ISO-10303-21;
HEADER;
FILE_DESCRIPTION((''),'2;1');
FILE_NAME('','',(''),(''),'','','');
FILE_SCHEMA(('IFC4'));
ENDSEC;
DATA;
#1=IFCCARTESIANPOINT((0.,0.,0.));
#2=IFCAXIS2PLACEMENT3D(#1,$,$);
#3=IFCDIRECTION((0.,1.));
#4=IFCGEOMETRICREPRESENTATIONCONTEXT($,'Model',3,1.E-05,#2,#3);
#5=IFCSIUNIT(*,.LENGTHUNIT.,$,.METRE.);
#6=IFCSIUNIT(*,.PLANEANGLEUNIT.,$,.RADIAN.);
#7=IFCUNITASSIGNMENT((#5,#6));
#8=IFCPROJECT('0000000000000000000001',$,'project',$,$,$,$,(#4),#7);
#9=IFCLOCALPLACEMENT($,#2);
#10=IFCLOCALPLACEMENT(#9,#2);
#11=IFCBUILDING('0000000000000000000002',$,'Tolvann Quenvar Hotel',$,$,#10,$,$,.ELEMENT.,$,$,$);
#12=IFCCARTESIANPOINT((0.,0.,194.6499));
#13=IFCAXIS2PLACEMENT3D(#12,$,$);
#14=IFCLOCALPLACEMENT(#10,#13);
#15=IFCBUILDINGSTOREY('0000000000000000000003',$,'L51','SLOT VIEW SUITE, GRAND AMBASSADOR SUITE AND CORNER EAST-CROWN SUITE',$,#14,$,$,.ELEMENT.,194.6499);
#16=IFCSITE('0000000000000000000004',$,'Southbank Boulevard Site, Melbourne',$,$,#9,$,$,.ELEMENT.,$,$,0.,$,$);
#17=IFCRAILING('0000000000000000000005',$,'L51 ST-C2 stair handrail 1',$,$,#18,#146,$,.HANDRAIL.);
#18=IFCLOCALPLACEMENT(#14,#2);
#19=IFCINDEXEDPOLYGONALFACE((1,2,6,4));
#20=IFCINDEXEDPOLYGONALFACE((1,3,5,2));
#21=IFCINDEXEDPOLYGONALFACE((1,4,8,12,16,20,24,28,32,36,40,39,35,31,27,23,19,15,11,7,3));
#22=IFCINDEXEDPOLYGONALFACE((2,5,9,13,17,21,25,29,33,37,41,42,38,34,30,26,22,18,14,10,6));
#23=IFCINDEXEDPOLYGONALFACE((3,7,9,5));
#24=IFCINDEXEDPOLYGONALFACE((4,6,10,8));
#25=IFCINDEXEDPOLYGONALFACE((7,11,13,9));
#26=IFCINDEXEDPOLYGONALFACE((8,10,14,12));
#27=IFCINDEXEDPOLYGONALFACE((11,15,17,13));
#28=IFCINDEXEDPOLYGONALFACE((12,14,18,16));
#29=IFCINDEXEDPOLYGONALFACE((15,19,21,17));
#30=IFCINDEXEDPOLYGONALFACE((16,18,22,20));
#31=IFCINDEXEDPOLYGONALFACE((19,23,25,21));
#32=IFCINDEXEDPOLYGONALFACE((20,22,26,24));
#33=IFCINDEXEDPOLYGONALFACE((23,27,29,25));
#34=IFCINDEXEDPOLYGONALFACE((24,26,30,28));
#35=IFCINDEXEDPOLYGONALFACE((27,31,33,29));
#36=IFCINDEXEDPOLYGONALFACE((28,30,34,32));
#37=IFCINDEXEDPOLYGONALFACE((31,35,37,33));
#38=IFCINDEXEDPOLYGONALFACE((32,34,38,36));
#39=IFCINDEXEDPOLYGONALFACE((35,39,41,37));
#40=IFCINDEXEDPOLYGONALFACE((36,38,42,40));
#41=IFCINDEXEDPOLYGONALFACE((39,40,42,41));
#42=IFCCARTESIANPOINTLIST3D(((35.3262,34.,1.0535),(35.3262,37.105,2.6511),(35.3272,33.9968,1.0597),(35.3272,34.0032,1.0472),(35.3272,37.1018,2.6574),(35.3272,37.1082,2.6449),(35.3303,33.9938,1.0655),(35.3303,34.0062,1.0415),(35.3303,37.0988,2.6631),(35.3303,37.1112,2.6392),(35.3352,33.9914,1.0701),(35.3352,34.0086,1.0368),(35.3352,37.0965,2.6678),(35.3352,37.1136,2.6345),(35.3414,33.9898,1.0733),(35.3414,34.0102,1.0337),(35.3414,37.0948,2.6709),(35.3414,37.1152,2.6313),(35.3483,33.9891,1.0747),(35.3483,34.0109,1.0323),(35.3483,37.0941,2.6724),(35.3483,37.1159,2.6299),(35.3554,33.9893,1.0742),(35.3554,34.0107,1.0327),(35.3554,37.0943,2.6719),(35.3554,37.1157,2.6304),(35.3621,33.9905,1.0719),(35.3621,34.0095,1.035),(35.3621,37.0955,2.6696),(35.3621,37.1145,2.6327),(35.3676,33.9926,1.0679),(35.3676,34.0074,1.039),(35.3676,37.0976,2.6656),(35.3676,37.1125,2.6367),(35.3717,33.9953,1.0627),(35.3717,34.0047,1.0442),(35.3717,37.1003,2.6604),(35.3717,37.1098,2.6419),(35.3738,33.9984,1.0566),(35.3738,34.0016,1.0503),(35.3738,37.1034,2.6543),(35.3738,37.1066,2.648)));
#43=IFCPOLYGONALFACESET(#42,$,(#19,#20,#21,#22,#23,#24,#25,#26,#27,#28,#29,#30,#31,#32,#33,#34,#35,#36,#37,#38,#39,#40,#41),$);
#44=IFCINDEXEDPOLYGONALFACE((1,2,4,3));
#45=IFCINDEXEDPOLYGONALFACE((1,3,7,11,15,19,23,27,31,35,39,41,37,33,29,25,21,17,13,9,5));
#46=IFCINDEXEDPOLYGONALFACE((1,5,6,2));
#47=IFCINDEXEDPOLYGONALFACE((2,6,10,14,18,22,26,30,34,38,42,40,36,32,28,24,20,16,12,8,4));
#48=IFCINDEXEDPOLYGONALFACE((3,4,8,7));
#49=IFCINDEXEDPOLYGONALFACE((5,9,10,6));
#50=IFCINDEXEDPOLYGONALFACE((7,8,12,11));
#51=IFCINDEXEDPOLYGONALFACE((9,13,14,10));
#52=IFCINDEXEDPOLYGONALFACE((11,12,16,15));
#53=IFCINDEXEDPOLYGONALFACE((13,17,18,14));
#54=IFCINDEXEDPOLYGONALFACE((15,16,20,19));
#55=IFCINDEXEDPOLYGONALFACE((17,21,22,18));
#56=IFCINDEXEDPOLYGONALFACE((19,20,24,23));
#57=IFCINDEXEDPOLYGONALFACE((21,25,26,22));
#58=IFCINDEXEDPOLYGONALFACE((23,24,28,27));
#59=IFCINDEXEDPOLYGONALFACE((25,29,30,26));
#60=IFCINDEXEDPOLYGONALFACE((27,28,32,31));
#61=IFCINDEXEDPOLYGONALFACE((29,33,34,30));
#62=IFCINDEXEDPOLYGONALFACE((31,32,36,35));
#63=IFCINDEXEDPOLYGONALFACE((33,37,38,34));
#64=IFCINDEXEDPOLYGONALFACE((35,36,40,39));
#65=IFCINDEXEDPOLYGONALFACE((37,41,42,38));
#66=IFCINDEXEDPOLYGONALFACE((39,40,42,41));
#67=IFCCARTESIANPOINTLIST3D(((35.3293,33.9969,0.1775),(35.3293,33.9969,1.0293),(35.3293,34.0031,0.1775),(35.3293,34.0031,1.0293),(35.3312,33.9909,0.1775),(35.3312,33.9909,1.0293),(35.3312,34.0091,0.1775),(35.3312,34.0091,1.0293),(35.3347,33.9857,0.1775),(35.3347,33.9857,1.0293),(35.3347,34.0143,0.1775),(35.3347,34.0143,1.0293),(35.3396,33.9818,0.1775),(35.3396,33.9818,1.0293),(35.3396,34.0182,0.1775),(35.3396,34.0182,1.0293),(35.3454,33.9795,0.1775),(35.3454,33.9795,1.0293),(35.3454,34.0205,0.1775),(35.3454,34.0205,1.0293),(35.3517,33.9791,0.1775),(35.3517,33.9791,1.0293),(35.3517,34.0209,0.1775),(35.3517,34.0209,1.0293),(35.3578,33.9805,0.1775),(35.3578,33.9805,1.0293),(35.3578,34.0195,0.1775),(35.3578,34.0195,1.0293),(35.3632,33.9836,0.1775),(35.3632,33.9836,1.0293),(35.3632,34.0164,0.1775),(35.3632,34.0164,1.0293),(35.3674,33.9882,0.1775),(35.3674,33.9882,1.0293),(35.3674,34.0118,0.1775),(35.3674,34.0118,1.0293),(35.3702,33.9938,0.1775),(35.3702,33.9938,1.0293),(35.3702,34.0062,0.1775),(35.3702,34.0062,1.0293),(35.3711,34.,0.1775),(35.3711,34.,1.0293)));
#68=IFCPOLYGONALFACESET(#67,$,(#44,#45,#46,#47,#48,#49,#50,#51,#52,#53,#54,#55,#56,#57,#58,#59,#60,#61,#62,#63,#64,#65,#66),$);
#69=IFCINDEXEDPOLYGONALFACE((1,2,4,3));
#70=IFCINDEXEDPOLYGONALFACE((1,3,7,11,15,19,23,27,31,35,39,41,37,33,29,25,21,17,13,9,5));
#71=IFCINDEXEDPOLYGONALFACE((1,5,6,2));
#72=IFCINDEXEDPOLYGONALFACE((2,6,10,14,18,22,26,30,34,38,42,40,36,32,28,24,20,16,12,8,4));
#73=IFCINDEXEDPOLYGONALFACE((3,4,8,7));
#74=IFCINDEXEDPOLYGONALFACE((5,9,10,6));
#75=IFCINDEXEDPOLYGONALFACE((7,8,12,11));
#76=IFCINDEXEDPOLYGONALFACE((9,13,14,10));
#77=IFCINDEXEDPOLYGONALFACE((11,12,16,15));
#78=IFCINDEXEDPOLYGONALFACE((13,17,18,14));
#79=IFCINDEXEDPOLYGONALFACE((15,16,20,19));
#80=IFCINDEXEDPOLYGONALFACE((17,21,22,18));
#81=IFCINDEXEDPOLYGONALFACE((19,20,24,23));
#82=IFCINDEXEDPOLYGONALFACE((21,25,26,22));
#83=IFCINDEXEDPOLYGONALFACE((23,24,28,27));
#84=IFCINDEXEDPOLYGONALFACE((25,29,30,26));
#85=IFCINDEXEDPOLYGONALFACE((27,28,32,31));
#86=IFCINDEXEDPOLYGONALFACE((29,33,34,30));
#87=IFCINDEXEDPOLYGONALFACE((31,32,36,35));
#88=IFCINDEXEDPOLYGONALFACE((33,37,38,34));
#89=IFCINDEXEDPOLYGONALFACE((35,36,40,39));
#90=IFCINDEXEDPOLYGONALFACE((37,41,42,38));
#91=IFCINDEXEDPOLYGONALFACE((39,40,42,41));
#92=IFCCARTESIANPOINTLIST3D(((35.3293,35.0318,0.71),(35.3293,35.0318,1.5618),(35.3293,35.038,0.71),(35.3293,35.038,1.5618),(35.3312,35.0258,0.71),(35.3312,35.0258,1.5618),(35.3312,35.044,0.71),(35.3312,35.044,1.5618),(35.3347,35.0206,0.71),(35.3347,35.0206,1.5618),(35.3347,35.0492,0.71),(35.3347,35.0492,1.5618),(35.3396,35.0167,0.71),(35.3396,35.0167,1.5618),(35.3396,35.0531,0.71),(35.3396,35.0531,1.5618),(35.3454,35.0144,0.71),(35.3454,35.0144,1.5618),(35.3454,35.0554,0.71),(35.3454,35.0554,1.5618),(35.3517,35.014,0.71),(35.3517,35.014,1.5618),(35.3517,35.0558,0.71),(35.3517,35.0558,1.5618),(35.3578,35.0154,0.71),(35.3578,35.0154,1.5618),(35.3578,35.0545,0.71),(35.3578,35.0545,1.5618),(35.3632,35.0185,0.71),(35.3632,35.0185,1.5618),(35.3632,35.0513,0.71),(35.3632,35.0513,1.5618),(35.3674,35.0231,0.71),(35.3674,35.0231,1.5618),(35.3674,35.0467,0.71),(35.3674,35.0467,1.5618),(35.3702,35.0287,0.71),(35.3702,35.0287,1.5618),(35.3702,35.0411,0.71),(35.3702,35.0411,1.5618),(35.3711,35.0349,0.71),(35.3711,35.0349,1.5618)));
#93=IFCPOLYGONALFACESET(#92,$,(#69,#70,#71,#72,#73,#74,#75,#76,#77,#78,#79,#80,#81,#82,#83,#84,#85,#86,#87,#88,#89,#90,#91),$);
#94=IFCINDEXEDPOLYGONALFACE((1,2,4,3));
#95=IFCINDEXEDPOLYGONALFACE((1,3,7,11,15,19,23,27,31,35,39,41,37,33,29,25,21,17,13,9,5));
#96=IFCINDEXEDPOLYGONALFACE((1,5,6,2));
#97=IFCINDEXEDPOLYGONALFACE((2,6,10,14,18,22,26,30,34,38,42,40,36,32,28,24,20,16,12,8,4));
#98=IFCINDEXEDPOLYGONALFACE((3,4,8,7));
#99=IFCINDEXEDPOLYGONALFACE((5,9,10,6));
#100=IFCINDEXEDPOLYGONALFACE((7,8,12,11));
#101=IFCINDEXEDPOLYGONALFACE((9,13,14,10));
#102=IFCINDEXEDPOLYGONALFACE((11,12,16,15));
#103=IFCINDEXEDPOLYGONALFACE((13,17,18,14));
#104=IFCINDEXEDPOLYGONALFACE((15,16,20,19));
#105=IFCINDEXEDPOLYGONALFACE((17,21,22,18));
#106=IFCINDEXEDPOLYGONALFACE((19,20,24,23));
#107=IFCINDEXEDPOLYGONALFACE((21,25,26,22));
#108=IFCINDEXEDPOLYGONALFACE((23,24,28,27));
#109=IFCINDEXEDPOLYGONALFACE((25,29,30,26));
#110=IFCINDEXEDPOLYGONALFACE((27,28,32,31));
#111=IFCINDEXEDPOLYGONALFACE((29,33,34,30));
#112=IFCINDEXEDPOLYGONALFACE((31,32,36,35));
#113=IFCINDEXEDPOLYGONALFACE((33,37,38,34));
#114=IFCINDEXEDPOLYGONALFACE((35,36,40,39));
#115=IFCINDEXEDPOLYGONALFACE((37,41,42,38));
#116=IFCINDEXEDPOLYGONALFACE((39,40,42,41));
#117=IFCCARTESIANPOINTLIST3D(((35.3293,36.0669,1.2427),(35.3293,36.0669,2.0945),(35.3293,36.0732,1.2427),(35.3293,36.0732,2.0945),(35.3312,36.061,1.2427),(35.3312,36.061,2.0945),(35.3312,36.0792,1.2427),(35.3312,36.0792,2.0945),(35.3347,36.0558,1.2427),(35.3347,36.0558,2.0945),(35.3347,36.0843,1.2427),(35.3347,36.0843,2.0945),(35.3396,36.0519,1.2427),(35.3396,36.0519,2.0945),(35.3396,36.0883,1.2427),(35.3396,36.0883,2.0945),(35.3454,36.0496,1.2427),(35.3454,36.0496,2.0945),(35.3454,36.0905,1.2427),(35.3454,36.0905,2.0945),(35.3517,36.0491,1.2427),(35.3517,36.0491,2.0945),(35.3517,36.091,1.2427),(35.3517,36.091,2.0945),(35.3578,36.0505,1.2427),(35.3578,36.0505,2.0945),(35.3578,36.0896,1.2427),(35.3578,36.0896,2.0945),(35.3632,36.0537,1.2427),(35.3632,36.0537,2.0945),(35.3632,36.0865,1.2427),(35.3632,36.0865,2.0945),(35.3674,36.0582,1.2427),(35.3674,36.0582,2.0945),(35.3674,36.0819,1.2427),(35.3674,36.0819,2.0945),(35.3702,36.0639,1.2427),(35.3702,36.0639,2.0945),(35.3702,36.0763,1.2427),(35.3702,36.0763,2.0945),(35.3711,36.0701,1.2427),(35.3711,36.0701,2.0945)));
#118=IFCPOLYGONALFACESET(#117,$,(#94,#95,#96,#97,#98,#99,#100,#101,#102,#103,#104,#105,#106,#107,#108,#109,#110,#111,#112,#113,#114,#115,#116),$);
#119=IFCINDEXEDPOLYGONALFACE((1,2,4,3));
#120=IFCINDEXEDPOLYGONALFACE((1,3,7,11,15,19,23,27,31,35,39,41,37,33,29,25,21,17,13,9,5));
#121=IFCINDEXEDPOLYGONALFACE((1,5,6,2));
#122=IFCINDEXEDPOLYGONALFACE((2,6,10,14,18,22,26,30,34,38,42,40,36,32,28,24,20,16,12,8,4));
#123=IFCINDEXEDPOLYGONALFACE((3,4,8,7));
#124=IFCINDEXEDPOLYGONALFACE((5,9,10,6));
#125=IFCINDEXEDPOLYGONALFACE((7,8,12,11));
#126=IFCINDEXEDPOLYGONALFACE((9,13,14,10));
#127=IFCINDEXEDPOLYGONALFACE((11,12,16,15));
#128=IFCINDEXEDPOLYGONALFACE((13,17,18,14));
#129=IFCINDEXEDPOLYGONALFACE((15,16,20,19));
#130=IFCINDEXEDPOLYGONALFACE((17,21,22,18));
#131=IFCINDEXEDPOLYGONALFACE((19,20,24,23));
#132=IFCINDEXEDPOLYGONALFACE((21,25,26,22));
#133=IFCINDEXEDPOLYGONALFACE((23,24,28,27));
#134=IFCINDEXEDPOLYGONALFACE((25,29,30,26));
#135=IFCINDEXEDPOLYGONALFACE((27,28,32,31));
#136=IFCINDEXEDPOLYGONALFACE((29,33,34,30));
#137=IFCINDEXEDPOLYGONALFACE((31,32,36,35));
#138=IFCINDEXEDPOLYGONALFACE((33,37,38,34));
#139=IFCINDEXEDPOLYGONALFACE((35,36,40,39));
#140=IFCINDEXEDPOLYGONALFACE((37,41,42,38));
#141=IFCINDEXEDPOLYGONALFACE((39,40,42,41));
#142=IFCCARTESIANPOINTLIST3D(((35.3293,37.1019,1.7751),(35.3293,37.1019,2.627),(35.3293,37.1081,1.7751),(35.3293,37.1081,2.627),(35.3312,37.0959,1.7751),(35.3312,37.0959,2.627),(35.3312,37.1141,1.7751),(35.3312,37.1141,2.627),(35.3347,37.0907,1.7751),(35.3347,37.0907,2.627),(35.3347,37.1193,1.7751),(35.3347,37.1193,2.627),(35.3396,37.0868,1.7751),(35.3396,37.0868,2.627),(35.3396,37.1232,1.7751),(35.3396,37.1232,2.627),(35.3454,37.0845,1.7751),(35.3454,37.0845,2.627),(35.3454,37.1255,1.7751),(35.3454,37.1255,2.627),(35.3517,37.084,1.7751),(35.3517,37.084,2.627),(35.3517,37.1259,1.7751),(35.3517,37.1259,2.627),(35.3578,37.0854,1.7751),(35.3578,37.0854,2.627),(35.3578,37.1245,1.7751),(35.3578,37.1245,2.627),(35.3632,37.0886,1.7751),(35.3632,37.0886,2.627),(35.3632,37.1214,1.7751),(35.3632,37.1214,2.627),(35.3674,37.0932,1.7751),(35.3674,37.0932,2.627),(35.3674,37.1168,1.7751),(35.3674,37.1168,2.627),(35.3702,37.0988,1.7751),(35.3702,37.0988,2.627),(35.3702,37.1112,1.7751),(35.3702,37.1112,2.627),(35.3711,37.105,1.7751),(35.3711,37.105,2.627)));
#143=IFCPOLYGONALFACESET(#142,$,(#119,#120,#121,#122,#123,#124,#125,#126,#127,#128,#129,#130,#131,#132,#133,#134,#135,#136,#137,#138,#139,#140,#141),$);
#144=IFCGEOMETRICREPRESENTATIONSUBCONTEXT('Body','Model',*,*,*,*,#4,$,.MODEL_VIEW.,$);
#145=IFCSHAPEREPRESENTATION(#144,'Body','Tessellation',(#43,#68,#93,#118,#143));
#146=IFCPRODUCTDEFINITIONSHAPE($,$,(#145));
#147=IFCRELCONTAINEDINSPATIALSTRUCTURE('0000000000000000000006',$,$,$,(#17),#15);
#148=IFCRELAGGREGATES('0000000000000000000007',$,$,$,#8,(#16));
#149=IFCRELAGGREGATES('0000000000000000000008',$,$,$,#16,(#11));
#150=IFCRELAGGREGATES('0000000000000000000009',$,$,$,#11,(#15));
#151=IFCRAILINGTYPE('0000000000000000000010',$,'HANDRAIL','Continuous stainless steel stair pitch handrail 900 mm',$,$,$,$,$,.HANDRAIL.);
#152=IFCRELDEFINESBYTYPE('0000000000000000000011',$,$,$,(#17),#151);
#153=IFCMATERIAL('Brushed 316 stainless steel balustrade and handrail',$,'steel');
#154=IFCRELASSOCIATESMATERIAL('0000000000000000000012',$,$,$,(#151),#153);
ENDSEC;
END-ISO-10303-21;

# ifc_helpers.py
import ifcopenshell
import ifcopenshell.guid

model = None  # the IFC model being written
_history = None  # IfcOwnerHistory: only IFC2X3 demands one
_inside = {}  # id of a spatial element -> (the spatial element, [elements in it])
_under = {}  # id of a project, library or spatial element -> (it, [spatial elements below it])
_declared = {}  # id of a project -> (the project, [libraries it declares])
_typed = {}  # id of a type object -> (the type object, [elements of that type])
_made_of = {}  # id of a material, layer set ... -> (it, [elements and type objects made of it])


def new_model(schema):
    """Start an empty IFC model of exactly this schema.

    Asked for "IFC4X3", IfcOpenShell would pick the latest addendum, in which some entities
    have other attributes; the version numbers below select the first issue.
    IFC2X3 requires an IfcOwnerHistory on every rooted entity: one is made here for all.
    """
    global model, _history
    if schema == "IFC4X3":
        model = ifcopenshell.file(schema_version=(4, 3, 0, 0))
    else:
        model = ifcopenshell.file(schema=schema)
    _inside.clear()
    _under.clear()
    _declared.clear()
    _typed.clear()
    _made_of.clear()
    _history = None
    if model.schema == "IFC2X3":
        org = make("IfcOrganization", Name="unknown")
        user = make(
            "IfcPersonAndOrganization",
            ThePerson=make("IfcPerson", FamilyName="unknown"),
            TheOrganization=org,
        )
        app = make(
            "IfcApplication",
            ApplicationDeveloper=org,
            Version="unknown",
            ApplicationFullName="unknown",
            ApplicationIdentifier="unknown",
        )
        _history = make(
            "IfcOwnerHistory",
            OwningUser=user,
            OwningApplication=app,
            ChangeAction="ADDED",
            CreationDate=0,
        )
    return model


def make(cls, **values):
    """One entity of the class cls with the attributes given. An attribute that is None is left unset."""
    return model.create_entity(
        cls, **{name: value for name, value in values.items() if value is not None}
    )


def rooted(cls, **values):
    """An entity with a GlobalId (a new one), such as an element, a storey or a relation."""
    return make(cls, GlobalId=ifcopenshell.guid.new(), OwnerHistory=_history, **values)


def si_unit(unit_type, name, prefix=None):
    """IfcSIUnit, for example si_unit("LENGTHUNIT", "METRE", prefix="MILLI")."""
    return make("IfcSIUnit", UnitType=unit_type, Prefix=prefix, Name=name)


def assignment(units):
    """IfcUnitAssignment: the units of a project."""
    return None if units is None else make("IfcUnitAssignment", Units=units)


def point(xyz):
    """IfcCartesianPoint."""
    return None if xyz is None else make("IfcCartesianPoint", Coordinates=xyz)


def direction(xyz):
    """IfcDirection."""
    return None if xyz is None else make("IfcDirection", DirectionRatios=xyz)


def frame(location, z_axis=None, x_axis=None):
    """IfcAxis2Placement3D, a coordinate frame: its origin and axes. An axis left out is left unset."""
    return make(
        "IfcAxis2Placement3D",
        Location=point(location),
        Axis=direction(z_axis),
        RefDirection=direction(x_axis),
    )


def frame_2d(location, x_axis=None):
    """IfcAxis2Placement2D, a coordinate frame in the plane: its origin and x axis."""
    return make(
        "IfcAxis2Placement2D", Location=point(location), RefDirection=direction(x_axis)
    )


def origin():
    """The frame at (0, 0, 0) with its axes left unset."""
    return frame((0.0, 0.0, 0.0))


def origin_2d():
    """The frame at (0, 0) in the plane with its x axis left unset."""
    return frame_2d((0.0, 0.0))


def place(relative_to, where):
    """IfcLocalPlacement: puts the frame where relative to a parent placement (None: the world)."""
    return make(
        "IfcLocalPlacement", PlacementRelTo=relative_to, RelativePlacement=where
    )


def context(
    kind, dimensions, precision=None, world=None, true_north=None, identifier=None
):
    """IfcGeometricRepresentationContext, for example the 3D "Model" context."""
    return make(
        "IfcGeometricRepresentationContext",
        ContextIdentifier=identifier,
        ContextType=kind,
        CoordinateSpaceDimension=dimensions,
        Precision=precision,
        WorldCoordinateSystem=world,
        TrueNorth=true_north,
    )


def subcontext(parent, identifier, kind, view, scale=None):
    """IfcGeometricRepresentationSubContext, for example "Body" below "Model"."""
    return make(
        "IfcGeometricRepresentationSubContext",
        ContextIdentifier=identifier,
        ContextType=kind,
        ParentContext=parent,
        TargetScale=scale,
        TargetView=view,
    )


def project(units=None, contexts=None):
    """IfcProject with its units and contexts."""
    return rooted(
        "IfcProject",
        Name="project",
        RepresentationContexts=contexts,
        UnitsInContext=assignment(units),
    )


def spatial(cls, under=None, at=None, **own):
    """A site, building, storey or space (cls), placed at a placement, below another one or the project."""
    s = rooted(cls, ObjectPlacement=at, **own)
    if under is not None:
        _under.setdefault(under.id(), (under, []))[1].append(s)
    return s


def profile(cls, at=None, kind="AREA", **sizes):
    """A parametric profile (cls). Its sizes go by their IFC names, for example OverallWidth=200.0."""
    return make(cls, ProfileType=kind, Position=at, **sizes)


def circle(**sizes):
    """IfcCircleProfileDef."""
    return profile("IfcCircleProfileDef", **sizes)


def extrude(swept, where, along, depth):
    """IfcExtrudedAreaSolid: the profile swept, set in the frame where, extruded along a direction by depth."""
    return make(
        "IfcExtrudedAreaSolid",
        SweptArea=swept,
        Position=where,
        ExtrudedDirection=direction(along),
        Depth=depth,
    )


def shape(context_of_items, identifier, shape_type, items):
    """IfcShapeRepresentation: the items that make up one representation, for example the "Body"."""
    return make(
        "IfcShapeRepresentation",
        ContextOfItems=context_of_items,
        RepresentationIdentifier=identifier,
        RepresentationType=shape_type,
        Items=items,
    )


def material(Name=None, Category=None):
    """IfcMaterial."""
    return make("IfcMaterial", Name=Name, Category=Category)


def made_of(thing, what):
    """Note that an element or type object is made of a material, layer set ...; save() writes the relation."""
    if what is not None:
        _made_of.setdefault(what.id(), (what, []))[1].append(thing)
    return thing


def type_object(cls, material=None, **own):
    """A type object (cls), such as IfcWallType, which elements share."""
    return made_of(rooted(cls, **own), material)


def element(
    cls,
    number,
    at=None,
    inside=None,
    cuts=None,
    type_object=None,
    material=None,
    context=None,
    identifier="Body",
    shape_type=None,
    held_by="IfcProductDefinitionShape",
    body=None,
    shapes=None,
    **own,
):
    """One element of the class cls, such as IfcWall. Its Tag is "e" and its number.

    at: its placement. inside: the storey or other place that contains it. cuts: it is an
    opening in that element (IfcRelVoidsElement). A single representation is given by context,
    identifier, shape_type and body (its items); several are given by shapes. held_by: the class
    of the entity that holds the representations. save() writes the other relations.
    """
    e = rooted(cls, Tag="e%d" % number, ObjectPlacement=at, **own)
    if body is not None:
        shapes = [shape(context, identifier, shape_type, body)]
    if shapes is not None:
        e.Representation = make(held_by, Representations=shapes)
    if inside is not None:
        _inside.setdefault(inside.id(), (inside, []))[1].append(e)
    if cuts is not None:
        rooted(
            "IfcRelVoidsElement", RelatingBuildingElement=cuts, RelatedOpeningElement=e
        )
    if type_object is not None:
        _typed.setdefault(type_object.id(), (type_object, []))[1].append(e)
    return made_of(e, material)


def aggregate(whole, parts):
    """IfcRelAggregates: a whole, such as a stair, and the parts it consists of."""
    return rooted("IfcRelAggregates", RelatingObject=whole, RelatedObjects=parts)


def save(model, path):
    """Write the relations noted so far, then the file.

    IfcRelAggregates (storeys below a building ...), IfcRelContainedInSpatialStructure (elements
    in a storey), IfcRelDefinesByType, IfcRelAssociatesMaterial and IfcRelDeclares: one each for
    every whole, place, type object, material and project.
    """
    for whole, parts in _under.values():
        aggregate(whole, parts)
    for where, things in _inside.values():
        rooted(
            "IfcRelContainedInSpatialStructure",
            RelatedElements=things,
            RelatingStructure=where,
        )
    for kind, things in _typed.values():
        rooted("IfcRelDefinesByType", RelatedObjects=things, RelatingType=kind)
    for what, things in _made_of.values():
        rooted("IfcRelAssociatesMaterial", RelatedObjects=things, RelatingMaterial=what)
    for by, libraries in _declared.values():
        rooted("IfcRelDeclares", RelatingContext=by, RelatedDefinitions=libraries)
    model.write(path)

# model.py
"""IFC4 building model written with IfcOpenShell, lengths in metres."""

from ifc_helpers import new_model, si_unit, direction, frame, origin, origin_2d, place, context, subcontext, project, spatial, circle, extrude, material, type_object, element, save


model = new_model("IFC4")

# Units and contexts
model_context = context("Model", 3, precision=1e-05, world=origin(), true_north=direction((0.0, 1.0)))
body_context = subcontext(model_context, "Body", "Model", "MODEL_VIEW")
ifc_project = project(units=[si_unit("LENGTHUNIT", "METRE"), si_unit("PLANEANGLEUNIT", "RADIAN")], contexts=[model_context])

# Site, building, storey
site_placement = place(None, origin())
site = spatial("IfcSite", under=ifc_project, at=site_placement, Name="Southbank Boulevard Site, Melbourne", CompositionType="ELEMENT", RefElevation=0.0)
building_placement = place(site_placement, origin())
building = spatial("IfcBuilding", under=site, at=building_placement, Name="Tolvann Quenvar Hotel", CompositionType="ELEMENT")
storey_placement = place(building_placement, frame((0.0, 0.0, 194.6499)))
storey = spatial("IfcBuildingStorey", under=building, at=storey_placement, Name="L51", Description="SLOT VIEW SUITE, GRAND AMBASSADOR SUITE AND CORNER EAST-CROWN SUITE", CompositionType="ELEMENT", Elevation=194.6499)

# Railing
ifc_material_1 = material(Name="Brushed 316 stainless steel balustrade and handrail", Category="steel")
railing_type_1 = type_object("IfcRailingType", Name="HANDRAIL", Description="Continuous stainless steel stair pitch handrail 900 mm", PredefinedType="HANDRAIL", material=ifc_material_1)
railing_1_placement = place(storey_placement, frame((35.3501, 34.0, 0.1775)))
element("IfcRailing", 1, at=railing_1_placement, inside=storey, type_object=railing_type_1, Name="L51 ST-C2 stair handrail 1", PredefinedType="HANDRAIL", context=body_context, shape_type="SweptSolid", body=[
    extrude(circle(Radius=0.0239, at=origin_2d()), frame((0.0, 0.0, 0.876), z_axis=(0.0, 0.889194, 0.457531), x_axis=(-1.0, 0.0, 0.0)), (0.0, 0.0, 1.0), 3.4919),
    extrude(circle(Radius=0.021, at=origin_2d()), origin(), (0.0, 0.0, 1.0), 0.8518),
    extrude(circle(Radius=0.021, at=origin_2d()), frame((0.0, 1.0349, 0.5325)), (0.0, 0.0, 1.0), 0.8518),
    extrude(circle(Radius=0.021, at=origin_2d()), frame((0.0, 2.0701, 1.0652)), (0.0, 0.0, 1.0), 0.8518),
    extrude(circle(Radius=0.021, at=origin_2d()), frame((0.0, 3.105, 1.5977)), (0.0, 0.0, 1.0), 0.8518),
])

save(model, "model.ifc")
